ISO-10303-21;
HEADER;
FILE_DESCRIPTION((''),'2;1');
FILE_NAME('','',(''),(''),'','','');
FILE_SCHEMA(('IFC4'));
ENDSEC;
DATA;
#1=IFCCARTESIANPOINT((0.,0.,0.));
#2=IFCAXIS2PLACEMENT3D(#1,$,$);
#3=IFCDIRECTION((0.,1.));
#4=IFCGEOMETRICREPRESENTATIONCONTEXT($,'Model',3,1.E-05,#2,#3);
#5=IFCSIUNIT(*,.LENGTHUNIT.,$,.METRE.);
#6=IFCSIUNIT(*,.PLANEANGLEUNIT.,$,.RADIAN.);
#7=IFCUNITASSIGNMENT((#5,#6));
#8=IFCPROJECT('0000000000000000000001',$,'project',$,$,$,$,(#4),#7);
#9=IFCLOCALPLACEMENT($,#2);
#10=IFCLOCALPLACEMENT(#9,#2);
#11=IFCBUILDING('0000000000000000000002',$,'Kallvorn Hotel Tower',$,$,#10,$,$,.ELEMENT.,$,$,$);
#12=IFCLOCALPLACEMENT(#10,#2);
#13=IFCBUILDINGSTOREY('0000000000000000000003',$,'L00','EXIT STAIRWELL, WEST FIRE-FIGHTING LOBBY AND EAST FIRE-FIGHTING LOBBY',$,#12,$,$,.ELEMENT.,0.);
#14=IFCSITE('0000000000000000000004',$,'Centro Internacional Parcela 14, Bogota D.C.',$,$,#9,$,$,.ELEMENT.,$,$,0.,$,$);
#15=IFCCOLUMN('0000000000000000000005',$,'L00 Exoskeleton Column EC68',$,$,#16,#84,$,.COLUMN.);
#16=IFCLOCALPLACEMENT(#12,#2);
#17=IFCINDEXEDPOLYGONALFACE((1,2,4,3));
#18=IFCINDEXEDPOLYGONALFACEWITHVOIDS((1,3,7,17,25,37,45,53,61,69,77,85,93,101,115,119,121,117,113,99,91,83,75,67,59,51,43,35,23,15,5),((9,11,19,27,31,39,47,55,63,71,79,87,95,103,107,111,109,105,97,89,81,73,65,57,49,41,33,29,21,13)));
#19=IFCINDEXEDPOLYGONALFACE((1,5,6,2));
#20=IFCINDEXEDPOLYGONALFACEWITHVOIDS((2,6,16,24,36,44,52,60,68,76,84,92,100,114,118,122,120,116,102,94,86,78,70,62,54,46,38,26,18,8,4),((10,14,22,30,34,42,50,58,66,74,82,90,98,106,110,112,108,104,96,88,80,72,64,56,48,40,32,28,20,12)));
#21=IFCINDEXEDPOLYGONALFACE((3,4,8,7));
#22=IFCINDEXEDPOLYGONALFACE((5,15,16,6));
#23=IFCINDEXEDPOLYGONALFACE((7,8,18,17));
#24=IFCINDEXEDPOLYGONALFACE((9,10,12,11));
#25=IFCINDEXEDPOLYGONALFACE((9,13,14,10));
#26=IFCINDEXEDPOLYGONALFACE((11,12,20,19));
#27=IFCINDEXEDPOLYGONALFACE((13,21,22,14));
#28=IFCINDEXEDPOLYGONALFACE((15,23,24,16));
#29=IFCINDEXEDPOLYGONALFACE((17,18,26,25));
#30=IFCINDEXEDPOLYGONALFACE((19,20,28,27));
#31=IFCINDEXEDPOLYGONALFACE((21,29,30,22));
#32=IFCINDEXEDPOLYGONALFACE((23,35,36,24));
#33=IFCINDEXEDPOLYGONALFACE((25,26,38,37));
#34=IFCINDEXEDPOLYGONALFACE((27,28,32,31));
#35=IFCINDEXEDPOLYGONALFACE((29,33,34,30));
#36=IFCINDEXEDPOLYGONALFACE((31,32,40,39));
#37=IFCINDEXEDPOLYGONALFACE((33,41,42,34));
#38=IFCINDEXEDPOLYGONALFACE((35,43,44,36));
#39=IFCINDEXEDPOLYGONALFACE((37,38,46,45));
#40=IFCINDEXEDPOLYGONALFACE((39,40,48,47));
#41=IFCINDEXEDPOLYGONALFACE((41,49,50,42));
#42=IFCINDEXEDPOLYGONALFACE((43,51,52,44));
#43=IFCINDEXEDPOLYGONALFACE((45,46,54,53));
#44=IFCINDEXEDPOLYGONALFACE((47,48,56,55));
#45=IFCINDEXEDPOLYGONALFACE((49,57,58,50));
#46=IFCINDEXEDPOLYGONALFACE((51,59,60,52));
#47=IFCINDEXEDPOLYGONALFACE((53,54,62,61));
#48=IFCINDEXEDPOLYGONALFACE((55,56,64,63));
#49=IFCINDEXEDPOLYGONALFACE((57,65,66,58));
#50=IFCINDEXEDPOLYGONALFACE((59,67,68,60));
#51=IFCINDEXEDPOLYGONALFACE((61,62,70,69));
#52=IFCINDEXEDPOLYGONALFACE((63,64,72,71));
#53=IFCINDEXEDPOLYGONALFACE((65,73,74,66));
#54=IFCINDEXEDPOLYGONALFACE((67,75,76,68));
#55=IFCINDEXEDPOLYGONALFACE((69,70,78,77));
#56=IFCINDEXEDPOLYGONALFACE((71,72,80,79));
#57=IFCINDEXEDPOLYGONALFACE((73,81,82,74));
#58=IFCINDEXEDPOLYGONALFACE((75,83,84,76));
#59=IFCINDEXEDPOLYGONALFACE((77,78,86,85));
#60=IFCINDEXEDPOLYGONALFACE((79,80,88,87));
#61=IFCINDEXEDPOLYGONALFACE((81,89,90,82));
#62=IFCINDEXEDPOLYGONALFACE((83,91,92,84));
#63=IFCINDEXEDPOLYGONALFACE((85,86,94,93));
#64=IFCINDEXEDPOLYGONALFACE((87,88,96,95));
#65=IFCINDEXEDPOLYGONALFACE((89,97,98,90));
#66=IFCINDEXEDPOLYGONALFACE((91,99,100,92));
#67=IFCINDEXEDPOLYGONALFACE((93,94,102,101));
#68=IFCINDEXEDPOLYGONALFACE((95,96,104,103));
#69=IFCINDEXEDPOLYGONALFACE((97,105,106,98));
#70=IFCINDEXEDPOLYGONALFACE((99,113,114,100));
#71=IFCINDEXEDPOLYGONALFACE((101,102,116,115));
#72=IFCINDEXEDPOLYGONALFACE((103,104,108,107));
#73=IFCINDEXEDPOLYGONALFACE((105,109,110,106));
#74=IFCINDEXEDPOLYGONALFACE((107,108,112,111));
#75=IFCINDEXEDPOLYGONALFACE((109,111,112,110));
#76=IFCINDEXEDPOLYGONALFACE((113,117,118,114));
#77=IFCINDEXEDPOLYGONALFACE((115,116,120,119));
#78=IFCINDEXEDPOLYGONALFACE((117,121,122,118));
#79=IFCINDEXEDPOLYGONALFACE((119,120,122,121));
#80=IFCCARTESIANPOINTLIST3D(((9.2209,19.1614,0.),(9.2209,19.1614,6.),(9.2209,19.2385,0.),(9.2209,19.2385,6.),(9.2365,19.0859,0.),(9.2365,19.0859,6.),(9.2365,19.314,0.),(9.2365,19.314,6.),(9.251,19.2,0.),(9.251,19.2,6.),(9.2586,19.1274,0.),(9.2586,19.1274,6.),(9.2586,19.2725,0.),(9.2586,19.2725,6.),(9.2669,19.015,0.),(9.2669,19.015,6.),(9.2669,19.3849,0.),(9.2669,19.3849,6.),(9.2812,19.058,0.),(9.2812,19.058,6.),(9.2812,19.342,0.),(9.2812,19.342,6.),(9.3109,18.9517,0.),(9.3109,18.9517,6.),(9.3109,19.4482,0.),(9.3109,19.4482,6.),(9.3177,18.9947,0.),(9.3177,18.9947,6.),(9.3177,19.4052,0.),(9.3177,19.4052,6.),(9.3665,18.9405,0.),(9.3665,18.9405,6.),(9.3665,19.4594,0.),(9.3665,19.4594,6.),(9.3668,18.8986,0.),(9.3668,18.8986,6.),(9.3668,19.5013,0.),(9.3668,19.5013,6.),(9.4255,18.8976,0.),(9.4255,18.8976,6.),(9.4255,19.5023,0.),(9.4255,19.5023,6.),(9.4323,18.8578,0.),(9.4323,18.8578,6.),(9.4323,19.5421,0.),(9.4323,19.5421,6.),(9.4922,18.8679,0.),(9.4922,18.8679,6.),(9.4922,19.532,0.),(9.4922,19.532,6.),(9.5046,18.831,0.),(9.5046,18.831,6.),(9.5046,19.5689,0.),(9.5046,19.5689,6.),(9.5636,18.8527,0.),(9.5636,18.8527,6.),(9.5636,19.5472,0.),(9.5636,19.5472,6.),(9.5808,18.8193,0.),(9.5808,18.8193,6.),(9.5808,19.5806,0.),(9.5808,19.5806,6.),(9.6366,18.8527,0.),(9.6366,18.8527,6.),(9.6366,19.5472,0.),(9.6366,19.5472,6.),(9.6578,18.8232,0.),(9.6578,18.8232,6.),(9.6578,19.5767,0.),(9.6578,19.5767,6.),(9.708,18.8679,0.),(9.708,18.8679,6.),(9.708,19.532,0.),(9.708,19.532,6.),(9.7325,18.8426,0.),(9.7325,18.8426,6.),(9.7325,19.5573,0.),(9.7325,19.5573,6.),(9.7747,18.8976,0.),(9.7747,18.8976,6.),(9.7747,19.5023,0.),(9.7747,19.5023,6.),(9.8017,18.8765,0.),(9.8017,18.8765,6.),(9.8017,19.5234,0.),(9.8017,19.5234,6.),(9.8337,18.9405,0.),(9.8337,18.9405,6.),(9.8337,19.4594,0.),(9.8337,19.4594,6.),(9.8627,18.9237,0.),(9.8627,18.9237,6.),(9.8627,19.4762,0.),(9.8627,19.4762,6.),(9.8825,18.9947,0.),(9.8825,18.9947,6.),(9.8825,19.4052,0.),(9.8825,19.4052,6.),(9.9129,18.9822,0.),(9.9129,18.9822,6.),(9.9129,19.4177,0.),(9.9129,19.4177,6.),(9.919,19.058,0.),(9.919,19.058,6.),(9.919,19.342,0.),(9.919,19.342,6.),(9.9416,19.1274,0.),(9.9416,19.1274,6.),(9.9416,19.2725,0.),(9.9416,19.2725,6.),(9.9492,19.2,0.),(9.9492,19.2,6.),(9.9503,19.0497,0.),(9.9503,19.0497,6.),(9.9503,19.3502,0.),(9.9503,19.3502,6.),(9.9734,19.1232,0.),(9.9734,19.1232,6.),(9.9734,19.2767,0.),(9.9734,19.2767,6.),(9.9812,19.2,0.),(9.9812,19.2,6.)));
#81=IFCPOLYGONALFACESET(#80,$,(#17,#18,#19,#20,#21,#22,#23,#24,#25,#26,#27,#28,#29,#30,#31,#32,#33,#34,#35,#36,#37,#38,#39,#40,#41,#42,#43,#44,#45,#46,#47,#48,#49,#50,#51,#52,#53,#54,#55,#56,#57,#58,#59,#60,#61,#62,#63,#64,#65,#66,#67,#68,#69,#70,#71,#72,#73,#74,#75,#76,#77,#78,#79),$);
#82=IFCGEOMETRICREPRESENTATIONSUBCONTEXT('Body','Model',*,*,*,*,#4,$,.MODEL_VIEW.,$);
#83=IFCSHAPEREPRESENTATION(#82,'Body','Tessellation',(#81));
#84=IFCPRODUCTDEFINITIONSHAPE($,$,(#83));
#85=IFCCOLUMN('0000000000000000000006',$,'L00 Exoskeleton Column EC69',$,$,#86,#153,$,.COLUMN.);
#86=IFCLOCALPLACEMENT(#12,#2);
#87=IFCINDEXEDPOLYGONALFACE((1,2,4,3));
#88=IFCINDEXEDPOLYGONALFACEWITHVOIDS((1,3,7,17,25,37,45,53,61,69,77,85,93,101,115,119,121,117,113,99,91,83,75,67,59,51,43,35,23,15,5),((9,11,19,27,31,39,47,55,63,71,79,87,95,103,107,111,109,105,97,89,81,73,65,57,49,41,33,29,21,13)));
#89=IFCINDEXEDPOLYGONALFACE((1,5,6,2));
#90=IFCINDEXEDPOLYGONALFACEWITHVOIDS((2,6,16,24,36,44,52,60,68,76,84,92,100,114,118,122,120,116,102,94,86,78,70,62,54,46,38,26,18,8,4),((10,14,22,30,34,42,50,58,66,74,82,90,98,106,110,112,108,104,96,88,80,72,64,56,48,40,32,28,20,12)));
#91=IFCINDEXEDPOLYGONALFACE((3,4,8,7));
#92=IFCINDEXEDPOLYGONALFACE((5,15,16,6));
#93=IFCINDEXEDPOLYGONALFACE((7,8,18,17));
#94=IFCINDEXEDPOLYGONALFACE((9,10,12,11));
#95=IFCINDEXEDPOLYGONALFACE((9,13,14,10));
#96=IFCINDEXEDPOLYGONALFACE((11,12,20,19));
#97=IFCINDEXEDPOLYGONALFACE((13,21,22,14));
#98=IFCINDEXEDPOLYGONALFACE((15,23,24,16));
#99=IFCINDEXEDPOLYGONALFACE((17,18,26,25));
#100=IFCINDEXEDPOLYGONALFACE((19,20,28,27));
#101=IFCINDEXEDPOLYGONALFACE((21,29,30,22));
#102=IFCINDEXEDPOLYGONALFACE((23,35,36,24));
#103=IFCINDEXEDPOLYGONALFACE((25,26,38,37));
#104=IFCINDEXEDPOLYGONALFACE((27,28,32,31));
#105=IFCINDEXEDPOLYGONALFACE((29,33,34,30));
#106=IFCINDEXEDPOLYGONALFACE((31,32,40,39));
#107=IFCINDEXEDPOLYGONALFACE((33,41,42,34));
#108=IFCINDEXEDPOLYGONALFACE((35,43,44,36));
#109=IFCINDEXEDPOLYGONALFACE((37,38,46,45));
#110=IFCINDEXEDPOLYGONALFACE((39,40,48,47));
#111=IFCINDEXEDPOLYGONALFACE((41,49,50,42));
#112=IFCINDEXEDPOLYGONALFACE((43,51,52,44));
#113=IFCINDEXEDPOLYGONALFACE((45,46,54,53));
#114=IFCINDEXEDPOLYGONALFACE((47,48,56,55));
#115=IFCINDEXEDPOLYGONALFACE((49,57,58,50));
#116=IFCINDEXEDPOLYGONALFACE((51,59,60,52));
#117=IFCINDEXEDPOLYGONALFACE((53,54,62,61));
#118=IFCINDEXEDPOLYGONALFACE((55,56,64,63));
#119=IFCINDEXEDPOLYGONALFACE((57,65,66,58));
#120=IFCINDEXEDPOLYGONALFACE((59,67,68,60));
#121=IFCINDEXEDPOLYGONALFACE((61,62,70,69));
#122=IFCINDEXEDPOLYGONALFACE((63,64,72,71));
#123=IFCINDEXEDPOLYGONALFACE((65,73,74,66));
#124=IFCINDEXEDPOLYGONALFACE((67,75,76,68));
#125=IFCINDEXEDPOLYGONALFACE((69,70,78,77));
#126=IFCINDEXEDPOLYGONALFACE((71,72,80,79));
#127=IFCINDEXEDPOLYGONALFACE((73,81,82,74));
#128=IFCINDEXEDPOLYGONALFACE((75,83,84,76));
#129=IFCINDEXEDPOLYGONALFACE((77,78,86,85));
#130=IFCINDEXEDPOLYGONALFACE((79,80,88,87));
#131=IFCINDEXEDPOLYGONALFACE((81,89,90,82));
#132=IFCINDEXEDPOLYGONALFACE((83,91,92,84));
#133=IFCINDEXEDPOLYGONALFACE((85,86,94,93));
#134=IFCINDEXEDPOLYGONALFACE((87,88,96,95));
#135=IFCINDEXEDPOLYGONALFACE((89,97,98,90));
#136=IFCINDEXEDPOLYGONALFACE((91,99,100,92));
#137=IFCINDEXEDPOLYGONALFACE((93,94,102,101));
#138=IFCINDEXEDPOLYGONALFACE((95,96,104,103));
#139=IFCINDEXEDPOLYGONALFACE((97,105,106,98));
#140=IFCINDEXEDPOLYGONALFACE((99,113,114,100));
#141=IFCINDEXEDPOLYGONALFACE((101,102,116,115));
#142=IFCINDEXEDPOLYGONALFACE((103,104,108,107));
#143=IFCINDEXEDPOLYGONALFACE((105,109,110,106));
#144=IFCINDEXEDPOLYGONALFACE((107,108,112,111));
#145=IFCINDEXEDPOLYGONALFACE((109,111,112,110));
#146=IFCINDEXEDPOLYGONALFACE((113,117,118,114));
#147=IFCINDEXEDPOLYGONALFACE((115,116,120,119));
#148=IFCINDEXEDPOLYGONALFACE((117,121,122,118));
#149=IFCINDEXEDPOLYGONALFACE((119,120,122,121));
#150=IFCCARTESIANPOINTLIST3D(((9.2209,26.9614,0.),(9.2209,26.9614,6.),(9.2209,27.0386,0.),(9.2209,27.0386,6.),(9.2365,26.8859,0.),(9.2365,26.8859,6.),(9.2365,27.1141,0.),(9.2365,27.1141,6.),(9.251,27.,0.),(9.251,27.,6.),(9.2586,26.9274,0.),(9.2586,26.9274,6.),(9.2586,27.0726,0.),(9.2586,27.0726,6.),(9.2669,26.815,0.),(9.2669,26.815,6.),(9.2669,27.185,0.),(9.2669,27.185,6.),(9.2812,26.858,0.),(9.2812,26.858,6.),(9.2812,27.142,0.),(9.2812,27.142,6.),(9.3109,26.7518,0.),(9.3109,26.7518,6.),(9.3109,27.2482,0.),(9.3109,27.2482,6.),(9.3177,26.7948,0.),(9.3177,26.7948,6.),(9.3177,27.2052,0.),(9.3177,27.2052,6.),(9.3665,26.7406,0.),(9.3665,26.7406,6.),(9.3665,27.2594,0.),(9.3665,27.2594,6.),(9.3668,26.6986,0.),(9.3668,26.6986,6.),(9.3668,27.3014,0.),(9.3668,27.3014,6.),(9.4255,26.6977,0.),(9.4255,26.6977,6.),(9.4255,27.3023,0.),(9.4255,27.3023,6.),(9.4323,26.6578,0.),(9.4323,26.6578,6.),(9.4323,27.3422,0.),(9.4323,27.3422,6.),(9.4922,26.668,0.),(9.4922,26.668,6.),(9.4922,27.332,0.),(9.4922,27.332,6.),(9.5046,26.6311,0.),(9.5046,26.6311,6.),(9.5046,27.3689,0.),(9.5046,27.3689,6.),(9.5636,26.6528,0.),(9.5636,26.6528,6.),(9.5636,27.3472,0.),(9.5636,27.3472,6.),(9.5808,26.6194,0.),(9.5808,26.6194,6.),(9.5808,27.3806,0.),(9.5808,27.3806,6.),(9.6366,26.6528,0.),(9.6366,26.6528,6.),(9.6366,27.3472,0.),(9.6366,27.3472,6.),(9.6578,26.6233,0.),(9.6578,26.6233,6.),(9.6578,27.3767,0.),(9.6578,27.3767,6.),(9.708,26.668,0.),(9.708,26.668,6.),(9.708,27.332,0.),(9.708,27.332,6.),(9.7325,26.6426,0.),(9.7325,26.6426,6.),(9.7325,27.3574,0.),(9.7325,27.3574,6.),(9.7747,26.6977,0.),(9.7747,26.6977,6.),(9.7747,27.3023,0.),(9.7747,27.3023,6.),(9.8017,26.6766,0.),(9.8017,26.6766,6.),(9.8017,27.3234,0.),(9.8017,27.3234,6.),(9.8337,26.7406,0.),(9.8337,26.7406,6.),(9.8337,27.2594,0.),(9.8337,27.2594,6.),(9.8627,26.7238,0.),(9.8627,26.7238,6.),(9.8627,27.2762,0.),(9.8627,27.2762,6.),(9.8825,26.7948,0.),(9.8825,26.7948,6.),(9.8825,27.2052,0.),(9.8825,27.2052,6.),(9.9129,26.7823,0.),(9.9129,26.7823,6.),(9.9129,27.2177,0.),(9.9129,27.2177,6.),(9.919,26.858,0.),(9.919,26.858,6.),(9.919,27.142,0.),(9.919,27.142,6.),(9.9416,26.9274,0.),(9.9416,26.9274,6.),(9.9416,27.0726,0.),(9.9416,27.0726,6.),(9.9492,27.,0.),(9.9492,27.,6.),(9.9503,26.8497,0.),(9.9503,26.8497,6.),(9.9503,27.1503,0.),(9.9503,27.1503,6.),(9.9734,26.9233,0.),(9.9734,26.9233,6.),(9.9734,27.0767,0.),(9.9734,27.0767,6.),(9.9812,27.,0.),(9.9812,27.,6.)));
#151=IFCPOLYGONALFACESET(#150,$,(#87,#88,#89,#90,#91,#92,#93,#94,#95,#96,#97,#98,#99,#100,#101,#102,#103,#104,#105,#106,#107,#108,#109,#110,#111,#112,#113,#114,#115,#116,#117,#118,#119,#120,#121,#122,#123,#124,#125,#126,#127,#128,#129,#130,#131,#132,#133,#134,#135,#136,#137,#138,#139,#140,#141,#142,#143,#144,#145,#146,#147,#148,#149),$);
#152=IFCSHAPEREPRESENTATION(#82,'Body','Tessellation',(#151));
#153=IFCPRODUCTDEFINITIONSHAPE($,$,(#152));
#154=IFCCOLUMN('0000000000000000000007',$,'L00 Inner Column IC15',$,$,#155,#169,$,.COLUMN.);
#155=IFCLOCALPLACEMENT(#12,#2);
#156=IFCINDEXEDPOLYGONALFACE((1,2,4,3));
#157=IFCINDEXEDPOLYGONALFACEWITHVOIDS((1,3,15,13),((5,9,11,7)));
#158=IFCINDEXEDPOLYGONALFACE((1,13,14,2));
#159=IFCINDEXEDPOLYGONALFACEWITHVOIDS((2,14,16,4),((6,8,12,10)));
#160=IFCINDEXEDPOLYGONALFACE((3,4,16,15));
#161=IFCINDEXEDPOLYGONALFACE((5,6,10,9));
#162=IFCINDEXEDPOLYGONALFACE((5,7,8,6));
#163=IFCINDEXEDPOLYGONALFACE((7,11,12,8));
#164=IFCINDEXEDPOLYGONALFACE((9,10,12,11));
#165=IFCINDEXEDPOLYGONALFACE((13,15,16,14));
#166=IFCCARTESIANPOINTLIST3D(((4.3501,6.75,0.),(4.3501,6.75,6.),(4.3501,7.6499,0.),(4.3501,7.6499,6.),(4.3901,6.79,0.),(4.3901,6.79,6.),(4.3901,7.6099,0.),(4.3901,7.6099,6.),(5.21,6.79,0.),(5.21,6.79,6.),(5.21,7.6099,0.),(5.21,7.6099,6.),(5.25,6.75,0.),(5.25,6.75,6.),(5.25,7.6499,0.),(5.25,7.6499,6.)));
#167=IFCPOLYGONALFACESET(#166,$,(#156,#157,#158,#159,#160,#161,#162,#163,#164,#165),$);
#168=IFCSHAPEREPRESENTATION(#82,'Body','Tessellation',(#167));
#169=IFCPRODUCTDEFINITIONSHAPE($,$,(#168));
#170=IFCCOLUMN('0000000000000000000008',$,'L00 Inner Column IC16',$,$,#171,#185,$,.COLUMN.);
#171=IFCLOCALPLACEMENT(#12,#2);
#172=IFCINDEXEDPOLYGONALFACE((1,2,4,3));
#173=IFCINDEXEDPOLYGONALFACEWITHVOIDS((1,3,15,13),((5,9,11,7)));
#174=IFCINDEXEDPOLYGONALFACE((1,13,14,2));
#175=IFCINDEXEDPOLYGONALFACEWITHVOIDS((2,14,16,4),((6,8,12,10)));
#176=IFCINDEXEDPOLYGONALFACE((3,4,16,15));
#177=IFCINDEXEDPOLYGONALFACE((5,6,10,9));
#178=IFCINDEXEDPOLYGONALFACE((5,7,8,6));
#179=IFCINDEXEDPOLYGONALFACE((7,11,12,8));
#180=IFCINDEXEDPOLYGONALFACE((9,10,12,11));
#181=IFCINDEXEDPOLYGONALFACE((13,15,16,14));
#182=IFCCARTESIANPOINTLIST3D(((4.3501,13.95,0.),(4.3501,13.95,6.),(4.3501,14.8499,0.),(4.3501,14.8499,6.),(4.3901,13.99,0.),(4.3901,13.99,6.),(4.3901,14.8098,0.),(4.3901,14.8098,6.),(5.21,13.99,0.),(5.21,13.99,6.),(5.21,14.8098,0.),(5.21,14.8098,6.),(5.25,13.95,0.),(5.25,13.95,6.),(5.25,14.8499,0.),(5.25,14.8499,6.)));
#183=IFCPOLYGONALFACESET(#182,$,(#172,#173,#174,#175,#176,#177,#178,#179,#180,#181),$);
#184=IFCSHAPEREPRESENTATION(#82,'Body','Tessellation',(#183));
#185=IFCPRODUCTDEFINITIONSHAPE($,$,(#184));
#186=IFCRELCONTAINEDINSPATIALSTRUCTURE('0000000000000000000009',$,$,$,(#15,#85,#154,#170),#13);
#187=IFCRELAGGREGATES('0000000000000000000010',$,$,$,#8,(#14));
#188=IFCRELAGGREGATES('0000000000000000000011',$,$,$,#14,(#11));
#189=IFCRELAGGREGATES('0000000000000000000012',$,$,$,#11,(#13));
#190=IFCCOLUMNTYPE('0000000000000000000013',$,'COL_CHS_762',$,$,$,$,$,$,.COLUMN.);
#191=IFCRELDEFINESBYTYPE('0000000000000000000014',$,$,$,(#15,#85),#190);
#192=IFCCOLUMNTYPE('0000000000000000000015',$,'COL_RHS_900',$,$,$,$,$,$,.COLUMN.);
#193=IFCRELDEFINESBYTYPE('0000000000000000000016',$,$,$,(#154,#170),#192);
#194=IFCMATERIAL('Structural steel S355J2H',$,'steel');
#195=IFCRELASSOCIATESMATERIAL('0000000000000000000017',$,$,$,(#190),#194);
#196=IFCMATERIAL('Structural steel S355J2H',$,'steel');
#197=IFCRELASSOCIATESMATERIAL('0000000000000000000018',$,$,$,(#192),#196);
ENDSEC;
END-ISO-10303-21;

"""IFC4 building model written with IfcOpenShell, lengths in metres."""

from ifc_helpers import new_model, si_unit, direction, frame, origin, origin_2d, place, context, subcontext, project, spatial, hollow_rectangle, hollow_circle, extrude, material, material_profile, profile_set, type_object, element, save


model = new_model("IFC4")

# Units and contexts
model_context = context("Model", 3, precision=1e-05, world=origin(), true_north=direction((0.0, 1.0)))
body_context = subcontext(model_context, "Body", "Model", "MODEL_VIEW")
ifc_project = project(units=[si_unit("LENGTHUNIT", "METRE"), si_unit("PLANEANGLEUNIT", "RADIAN")], contexts=[model_context])

# Site, building, storey
site_placement = place(None, origin())
site = spatial("IfcSite", under=ifc_project, at=site_placement, Name="Centro Internacional Parcela 14, Bogota D.C.", CompositionType="ELEMENT", RefElevation=0.0)
building_placement = place(site_placement, origin())
building = spatial("IfcBuilding", under=site, at=building_placement, Name="Kallvorn Hotel Tower", CompositionType="ELEMENT")
storey_placement = place(building_placement, origin())
storey = spatial("IfcBuildingStorey", under=building, at=storey_placement, Name="L00", Description="EXIT STAIRWELL, WEST FIRE-FIGHTING LOBBY AND EAST FIRE-FIGHTING LOBBY", CompositionType="ELEMENT", Elevation=0.0)

# Columns
ifc_material_1 = material(Name="Structural steel S355J2H", Category="steel")
ifc_material_profile_1 = material_profile(ifc_material_1, hollow_circle(Radius=0.3811, WallThickness=0.032, at=origin_2d()), Name="CHS 762x32")
ifc_profile_set_1 = profile_set([ifc_material_profile_1], Name="Structural steel S355J2H")
column_type_1 = type_object("IfcColumnType", Name="COL_CHS_762", PredefinedType="COLUMN", material=ifc_profile_set_1)
for number, where, z_axis, x_axis, name in (
    (1, (9.6001, 19.2, 0.0), (0.0, 0.0, 1.0), (1.0, 0.0, 0.0), "L00 Exoskeleton Column EC68"),
    (2, (9.6001, 27.0, 0.0), (0.0, 0.0, 1.0), (1.0, 0.0, 0.0), "L00 Exoskeleton Column EC69"),
):
    element("IfcColumn", number, at=place(storey_placement, frame(where, z_axis=z_axis, x_axis=x_axis)), inside=storey, type_object=column_type_1, Name=name, PredefinedType="COLUMN", context=body_context, shape_type="SweptSolid", body=[
        extrude(hollow_circle(Radius=0.3811, WallThickness=0.032, at=origin_2d()), origin(), (0.0, 0.0, 1.0), 6.0),
    ])
ifc_material_2 = material(Name="Structural steel S355J2H", Category="steel")
ifc_material_profile_2 = material_profile(ifc_material_2, hollow_rectangle(XDim=0.8999, YDim=0.8999, WallThickness=0.04, at=origin_2d()), Name="RHS 900x900x40")
ifc_profile_set_2 = profile_set([ifc_material_profile_2], Name="Structural steel S355J2H")
column_type_2 = type_object("IfcColumnType", Name="COL_RHS_900", PredefinedType="COLUMN", material=ifc_profile_set_2)
for number, where, z_axis, x_axis, name in (
    (3, (4.8, 7.2, 0.0), (0.0, 0.0, 1.0), (1.0, 0.0, 0.0), "L00 Inner Column IC15"),
    (4, (4.8, 14.3999, 0.0), (0.0, 0.0, 1.0), (1.0, 0.0, 0.0), "L00 Inner Column IC16"),
):
    element("IfcColumn", number, at=place(storey_placement, frame(where, z_axis=z_axis, x_axis=x_axis)), inside=storey, type_object=column_type_2, Name=name, PredefinedType="COLUMN", context=body_context, shape_type="SweptSolid", body=[
        extrude(hollow_rectangle(XDim=0.8999, YDim=0.8999, WallThickness=0.04, at=origin_2d()), origin(), (0.0, 0.0, 1.0), 6.0),
    ])

save(model, "model.ifc")
